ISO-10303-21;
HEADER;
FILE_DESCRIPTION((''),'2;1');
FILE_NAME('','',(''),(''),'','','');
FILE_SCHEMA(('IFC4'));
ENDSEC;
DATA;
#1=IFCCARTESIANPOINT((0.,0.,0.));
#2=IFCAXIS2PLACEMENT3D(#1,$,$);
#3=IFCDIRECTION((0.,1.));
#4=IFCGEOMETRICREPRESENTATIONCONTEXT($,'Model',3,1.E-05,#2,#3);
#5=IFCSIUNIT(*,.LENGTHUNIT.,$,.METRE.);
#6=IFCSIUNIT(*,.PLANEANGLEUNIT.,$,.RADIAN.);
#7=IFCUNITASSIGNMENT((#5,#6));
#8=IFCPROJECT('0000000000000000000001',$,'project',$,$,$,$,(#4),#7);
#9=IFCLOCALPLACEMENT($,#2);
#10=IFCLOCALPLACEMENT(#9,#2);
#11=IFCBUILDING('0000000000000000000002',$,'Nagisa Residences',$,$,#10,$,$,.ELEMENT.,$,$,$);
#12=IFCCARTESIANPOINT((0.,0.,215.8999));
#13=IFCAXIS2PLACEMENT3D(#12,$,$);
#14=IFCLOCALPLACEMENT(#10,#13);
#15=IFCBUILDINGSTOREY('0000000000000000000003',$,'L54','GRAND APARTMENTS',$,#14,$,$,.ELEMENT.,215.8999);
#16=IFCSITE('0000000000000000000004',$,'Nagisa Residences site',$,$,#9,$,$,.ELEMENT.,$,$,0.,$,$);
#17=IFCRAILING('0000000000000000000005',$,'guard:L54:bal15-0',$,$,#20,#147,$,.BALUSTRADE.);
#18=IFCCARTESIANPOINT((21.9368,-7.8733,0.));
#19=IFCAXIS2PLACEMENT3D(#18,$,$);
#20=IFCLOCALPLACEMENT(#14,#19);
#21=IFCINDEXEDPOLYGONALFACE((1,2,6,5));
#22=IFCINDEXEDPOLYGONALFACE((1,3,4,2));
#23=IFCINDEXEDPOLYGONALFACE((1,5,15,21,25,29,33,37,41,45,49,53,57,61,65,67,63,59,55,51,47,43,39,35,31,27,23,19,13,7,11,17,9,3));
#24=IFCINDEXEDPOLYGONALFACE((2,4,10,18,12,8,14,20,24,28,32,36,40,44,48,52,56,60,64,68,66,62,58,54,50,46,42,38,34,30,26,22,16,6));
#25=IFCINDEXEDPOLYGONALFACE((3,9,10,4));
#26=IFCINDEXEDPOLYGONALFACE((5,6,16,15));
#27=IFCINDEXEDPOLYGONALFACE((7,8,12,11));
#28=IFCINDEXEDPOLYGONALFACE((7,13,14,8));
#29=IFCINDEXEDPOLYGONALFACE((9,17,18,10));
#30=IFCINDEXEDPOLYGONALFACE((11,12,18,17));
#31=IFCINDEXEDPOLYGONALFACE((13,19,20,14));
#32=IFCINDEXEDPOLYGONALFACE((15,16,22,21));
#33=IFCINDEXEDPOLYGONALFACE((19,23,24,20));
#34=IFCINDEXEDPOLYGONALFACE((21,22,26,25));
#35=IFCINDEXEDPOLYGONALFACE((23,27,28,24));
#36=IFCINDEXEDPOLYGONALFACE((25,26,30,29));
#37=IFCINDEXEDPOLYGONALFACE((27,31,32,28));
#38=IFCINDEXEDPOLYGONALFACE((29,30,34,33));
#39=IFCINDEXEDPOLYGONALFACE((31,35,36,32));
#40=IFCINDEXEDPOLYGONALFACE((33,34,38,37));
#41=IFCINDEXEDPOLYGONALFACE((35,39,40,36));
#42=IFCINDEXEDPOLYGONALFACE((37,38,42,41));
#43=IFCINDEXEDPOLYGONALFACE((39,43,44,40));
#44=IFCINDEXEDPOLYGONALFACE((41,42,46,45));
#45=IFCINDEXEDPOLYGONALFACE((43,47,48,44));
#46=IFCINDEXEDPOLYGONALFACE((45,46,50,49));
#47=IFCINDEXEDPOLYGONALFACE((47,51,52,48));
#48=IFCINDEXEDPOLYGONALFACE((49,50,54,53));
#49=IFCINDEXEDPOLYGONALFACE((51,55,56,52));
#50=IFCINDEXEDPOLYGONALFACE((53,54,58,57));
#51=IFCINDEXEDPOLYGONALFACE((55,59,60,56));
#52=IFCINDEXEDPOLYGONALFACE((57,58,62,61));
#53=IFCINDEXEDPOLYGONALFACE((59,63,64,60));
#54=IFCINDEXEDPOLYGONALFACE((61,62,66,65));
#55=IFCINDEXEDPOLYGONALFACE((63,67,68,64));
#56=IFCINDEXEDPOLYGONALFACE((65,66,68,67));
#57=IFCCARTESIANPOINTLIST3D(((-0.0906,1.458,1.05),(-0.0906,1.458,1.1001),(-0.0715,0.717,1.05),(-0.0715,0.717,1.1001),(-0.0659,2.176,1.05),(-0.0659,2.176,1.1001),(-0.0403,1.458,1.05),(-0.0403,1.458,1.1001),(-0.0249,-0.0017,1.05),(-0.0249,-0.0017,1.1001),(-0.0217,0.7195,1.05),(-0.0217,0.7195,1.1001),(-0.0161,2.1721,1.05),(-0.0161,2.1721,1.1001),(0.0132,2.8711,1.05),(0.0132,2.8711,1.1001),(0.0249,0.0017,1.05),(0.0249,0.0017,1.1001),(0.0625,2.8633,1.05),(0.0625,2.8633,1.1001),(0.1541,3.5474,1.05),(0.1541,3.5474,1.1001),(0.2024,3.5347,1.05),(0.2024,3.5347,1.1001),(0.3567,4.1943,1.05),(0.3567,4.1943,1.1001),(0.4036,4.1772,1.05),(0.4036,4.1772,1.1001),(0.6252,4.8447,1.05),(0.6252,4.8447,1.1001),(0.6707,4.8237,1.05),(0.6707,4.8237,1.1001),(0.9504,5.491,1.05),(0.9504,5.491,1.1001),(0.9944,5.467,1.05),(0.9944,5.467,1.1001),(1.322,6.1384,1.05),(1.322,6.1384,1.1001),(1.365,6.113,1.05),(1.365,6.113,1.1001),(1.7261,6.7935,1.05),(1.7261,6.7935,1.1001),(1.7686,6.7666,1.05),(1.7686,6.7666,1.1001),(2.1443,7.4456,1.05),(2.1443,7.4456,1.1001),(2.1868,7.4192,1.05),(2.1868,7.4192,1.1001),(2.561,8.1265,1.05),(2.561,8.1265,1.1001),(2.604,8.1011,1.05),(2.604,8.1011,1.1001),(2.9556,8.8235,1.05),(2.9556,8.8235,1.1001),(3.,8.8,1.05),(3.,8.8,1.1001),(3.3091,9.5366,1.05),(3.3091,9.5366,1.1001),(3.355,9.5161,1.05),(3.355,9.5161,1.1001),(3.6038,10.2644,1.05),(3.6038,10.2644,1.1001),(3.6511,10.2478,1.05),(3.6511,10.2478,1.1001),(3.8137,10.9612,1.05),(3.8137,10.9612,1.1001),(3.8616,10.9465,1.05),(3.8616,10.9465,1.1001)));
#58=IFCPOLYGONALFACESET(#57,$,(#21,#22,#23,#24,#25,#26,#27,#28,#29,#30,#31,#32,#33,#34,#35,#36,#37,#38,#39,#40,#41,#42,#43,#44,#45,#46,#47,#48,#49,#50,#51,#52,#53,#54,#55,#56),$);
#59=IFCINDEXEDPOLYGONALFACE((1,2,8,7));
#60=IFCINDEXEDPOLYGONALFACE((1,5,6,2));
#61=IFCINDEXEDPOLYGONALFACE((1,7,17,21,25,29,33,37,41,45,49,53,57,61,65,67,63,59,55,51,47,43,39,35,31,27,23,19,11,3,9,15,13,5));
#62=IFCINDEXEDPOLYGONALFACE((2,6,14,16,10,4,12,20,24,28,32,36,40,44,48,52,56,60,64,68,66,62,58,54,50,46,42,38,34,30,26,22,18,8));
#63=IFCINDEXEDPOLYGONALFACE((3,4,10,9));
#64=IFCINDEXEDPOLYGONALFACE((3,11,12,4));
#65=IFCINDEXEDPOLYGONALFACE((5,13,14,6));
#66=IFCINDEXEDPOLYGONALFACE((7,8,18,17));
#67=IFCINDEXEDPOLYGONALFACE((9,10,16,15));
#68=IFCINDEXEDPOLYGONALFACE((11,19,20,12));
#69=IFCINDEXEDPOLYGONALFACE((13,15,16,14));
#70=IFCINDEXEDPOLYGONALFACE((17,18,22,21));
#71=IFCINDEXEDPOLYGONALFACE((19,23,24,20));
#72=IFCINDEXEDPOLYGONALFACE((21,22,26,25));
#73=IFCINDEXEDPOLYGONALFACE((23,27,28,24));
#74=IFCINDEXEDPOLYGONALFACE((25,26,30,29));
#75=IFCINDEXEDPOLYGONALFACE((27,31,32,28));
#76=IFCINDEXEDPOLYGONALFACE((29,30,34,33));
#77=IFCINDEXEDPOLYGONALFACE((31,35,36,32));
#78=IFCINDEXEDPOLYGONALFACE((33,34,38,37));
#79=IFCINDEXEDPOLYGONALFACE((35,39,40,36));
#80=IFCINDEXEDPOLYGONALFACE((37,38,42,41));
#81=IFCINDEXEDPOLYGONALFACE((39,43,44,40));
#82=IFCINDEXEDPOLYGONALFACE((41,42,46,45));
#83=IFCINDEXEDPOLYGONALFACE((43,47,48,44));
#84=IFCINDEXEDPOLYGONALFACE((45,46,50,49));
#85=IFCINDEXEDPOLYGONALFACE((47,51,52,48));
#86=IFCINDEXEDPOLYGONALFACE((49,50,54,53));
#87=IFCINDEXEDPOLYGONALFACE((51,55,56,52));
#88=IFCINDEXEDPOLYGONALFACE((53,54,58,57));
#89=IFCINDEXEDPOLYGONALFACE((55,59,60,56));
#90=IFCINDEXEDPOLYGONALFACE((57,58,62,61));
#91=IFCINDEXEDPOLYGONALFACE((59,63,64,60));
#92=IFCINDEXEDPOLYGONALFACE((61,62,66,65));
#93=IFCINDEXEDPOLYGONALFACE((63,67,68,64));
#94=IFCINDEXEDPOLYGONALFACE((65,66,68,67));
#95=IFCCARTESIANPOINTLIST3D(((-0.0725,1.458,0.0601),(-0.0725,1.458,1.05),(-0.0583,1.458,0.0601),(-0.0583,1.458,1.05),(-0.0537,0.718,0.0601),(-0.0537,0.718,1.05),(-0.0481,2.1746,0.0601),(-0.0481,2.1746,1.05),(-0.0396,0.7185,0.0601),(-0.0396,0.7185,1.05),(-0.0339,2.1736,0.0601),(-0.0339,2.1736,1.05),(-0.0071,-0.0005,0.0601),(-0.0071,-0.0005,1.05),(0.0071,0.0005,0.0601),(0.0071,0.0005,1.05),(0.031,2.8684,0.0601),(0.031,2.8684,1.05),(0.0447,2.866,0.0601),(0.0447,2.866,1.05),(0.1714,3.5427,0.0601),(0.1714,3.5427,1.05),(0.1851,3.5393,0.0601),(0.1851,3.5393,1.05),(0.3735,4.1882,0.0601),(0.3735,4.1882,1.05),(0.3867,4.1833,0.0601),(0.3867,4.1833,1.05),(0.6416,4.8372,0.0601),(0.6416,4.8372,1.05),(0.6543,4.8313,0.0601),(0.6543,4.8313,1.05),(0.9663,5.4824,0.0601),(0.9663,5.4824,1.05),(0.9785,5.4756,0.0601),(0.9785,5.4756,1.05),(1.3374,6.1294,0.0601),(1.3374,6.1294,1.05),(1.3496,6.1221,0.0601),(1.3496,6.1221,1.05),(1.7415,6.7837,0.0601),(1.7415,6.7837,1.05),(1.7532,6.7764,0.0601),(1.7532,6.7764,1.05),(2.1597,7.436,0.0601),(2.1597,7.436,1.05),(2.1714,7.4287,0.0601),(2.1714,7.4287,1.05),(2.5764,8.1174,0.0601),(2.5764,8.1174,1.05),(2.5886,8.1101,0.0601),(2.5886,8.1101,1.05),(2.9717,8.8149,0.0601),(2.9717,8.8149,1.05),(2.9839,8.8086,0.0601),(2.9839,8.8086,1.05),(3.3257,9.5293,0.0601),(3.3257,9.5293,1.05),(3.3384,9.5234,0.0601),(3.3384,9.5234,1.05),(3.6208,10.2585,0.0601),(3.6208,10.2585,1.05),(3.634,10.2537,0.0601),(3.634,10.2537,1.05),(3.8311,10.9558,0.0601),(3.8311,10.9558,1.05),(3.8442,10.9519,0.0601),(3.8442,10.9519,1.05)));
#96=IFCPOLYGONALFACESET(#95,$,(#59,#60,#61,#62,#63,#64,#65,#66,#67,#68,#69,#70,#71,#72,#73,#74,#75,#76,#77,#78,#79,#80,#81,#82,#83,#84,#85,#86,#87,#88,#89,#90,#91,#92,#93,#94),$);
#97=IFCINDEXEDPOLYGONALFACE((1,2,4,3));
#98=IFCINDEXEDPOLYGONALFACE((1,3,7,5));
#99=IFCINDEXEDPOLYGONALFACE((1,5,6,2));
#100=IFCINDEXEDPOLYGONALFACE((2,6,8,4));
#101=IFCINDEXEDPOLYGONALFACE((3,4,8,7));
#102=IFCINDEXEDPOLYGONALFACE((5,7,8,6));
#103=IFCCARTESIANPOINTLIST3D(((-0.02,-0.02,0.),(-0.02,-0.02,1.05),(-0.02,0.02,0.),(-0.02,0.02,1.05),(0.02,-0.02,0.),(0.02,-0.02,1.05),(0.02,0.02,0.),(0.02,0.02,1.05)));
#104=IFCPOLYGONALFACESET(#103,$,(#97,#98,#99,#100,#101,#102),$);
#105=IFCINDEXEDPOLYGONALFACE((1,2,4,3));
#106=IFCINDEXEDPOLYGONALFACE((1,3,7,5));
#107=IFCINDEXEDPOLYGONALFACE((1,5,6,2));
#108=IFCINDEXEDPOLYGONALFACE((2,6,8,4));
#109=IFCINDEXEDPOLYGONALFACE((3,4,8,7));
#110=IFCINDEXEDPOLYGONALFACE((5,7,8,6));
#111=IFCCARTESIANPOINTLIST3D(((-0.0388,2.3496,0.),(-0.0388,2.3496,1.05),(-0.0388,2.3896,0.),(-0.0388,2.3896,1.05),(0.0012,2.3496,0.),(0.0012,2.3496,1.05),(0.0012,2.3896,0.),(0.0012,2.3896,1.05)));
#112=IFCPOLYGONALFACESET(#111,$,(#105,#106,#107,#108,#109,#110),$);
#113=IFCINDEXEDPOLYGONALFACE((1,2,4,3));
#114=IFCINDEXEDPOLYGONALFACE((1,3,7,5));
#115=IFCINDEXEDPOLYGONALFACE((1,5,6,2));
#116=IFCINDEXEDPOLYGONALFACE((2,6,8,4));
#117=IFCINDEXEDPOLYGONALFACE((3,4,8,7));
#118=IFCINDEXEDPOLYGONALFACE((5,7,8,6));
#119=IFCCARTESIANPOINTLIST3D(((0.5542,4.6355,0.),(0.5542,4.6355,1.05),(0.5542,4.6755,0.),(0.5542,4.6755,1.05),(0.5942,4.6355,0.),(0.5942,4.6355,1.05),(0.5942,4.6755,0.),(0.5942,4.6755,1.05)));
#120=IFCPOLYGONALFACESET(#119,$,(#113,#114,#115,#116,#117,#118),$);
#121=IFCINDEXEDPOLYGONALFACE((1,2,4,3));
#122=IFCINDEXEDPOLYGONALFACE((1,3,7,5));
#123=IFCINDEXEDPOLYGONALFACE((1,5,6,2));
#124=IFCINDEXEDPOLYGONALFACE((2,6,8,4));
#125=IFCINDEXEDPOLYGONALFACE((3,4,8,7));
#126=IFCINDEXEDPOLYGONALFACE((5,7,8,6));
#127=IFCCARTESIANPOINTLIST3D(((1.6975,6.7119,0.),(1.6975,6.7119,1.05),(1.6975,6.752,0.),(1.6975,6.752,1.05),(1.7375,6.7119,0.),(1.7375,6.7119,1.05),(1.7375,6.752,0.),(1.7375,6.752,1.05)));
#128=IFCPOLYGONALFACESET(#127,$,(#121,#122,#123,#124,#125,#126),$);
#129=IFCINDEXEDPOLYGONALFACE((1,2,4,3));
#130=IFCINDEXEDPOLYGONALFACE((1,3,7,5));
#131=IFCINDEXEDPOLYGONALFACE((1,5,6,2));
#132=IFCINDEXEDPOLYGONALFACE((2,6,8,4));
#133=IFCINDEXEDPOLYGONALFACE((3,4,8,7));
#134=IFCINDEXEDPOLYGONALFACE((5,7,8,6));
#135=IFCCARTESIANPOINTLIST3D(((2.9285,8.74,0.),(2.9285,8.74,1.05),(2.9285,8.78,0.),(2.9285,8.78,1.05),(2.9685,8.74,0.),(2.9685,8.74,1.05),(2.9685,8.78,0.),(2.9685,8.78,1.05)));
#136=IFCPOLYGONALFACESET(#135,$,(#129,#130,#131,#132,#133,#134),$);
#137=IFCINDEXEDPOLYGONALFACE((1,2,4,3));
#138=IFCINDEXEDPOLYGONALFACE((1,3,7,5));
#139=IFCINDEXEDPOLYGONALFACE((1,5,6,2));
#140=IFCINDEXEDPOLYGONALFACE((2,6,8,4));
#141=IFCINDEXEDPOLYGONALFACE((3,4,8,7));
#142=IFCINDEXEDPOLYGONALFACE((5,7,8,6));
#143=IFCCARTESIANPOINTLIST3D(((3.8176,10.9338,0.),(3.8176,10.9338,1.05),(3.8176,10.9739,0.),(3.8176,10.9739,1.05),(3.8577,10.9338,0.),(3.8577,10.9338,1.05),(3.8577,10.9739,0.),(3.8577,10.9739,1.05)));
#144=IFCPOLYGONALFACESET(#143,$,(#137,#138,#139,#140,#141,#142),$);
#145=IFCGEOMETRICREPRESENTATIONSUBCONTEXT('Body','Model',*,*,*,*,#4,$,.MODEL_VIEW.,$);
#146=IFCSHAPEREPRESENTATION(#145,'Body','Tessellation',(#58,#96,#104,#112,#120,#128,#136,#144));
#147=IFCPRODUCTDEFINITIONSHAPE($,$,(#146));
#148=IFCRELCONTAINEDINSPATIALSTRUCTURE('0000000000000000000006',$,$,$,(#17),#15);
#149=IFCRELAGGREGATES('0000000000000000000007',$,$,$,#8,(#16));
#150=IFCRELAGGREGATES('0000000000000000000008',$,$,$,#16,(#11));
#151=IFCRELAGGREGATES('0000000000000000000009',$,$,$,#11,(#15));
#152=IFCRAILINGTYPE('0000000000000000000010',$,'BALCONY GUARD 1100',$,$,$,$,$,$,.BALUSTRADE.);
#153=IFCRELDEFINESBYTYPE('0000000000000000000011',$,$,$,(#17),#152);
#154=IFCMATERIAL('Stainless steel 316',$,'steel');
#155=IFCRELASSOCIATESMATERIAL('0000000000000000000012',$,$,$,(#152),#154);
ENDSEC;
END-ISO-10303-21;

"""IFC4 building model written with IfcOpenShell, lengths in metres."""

from ifc_helpers import new_model, si_unit, direction, frame, origin, origin_2d, place, context, subcontext, project, spatial, polyline, rectangle, outline, extrude, material, type_object, element, save


model = new_model("IFC4")

# Units and contexts
model_context = context("Model", 3, precision=1e-05, world=origin(), true_north=direction((0.0, 1.0)))
body_context = subcontext(model_context, "Body", "Model", "MODEL_VIEW")
ifc_project = project(units=[si_unit("LENGTHUNIT", "METRE"), si_unit("PLANEANGLEUNIT", "RADIAN")], contexts=[model_context])

# Site, building, storey
site_placement = place(None, origin())
site = spatial("IfcSite", under=ifc_project, at=site_placement, Name="Nagisa Residences site", CompositionType="ELEMENT", RefElevation=0.0)
building_placement = place(site_placement, origin())
building = spatial("IfcBuilding", under=site, at=building_placement, Name="Nagisa Residences", CompositionType="ELEMENT")
storey_placement = place(building_placement, frame((0.0, 0.0, 215.8999)))
storey = spatial("IfcBuildingStorey", under=building, at=storey_placement, Name="L54", Description="GRAND APARTMENTS", CompositionType="ELEMENT", Elevation=215.8999)

# Railing
ifc_material_1 = material(Name="Stainless steel 316", Category="steel")
railing_type_1 = type_object("IfcRailingType", Name="BALCONY GUARD 1100", PredefinedType="BALUSTRADE", material=ifc_material_1)
railing_1_placement = place(storey_placement, frame((21.9368, -7.8733, 0.0)))
element("IfcRailing", 1, at=railing_1_placement, inside=storey, type_object=railing_type_1, Name="guard:L54:bal15-0", PredefinedType="BALUSTRADE", context=body_context, shape_type="SweptSolid", body=[
    extrude(outline(polyline([(-0.0715, 0.717), (-0.0249, -0.0017), (0.0249, 0.0017), (-0.0217, 0.7195), (-0.0403, 1.458), (-0.0161, 2.1721), (0.0625, 2.8633), (0.2024, 3.5347), (0.4036, 4.1772), (0.6707, 4.8237), (0.9944, 5.467), (1.365, 6.113), (1.7686, 6.7666), (2.1868, 7.4192), (2.604, 8.1011), (3.0, 8.8), (3.355, 9.5161), (3.6511, 10.2478), (3.8616, 10.9465), (3.8137, 10.9612), (3.6038, 10.2644), (3.3091, 9.5366), (2.9556, 8.8235), (2.561, 8.1265), (2.1443, 7.4456), (1.7261, 6.7935), (1.322, 6.1384), (0.9504, 5.491), (0.6252, 4.8447), (0.3567, 4.1943), (0.1541, 3.5474), (0.0132, 2.8711), (-0.0659, 2.176), (-0.0906, 1.458), (-0.0715, 0.717)])), frame((0.0, 0.0, 1.05)), (0.0, 0.0, 1.0), 0.05),
    extrude(outline(polyline([(-0.0537, 0.718), (-0.0071, -0.0005), (0.0071, 0.0005), (-0.0396, 0.7185), (-0.0583, 1.458), (-0.0339, 2.1736), (0.0447, 2.866), (0.1851, 3.5393), (0.3867, 4.1833), (0.6543, 4.8313), (0.9785, 5.4756), (1.3496, 6.1221), (1.7532, 6.7764), (2.1714, 7.4287), (2.5886, 8.1101), (2.9839, 8.8086), (3.3384, 9.5234), (3.634, 10.2537), (3.8442, 10.9519), (3.8311, 10.9558), (3.6208, 10.2585), (3.3257, 9.5293), (2.9717, 8.8149), (2.5764, 8.1174), (2.1597, 7.436), (1.7415, 6.7837), (1.3374, 6.1294), (0.9663, 5.4824), (0.6416, 4.8372), (0.3735, 4.1882), (0.1714, 3.5427), (0.031, 2.8684), (-0.0481, 2.1746), (-0.0725, 1.458), (-0.0537, 0.718)])), frame((0.0, 0.0, 0.0601)), (0.0, 0.0, 1.0), 0.99),
    extrude(rectangle(XDim=0.04, YDim=0.04, at=origin_2d()), origin(), (0.0, 0.0, 1.0), 1.05),
    extrude(rectangle(XDim=0.04, YDim=0.04, at=origin_2d()), frame((-0.0188, 2.3696, 0.0)), (0.0, 0.0, 1.0), 1.05),
    extrude(rectangle(XDim=0.04, YDim=0.04, at=origin_2d()), frame((0.5742, 4.6555, 0.0)), (0.0, 0.0, 1.0), 1.05),
    extrude(rectangle(XDim=0.04, YDim=0.04, at=origin_2d()), frame((1.7175, 6.7319, 0.0)), (0.0, 0.0, 1.0), 1.05),
    extrude(rectangle(XDim=0.04, YDim=0.04, at=origin_2d()), frame((2.9485, 8.76, 0.0)), (0.0, 0.0, 1.0), 1.05),
    extrude(rectangle(XDim=0.04, YDim=0.04, at=origin_2d()), frame((3.8376, 10.9539, 0.0)), (0.0, 0.0, 1.0), 1.05),
])

save(model, "model.ifc")
